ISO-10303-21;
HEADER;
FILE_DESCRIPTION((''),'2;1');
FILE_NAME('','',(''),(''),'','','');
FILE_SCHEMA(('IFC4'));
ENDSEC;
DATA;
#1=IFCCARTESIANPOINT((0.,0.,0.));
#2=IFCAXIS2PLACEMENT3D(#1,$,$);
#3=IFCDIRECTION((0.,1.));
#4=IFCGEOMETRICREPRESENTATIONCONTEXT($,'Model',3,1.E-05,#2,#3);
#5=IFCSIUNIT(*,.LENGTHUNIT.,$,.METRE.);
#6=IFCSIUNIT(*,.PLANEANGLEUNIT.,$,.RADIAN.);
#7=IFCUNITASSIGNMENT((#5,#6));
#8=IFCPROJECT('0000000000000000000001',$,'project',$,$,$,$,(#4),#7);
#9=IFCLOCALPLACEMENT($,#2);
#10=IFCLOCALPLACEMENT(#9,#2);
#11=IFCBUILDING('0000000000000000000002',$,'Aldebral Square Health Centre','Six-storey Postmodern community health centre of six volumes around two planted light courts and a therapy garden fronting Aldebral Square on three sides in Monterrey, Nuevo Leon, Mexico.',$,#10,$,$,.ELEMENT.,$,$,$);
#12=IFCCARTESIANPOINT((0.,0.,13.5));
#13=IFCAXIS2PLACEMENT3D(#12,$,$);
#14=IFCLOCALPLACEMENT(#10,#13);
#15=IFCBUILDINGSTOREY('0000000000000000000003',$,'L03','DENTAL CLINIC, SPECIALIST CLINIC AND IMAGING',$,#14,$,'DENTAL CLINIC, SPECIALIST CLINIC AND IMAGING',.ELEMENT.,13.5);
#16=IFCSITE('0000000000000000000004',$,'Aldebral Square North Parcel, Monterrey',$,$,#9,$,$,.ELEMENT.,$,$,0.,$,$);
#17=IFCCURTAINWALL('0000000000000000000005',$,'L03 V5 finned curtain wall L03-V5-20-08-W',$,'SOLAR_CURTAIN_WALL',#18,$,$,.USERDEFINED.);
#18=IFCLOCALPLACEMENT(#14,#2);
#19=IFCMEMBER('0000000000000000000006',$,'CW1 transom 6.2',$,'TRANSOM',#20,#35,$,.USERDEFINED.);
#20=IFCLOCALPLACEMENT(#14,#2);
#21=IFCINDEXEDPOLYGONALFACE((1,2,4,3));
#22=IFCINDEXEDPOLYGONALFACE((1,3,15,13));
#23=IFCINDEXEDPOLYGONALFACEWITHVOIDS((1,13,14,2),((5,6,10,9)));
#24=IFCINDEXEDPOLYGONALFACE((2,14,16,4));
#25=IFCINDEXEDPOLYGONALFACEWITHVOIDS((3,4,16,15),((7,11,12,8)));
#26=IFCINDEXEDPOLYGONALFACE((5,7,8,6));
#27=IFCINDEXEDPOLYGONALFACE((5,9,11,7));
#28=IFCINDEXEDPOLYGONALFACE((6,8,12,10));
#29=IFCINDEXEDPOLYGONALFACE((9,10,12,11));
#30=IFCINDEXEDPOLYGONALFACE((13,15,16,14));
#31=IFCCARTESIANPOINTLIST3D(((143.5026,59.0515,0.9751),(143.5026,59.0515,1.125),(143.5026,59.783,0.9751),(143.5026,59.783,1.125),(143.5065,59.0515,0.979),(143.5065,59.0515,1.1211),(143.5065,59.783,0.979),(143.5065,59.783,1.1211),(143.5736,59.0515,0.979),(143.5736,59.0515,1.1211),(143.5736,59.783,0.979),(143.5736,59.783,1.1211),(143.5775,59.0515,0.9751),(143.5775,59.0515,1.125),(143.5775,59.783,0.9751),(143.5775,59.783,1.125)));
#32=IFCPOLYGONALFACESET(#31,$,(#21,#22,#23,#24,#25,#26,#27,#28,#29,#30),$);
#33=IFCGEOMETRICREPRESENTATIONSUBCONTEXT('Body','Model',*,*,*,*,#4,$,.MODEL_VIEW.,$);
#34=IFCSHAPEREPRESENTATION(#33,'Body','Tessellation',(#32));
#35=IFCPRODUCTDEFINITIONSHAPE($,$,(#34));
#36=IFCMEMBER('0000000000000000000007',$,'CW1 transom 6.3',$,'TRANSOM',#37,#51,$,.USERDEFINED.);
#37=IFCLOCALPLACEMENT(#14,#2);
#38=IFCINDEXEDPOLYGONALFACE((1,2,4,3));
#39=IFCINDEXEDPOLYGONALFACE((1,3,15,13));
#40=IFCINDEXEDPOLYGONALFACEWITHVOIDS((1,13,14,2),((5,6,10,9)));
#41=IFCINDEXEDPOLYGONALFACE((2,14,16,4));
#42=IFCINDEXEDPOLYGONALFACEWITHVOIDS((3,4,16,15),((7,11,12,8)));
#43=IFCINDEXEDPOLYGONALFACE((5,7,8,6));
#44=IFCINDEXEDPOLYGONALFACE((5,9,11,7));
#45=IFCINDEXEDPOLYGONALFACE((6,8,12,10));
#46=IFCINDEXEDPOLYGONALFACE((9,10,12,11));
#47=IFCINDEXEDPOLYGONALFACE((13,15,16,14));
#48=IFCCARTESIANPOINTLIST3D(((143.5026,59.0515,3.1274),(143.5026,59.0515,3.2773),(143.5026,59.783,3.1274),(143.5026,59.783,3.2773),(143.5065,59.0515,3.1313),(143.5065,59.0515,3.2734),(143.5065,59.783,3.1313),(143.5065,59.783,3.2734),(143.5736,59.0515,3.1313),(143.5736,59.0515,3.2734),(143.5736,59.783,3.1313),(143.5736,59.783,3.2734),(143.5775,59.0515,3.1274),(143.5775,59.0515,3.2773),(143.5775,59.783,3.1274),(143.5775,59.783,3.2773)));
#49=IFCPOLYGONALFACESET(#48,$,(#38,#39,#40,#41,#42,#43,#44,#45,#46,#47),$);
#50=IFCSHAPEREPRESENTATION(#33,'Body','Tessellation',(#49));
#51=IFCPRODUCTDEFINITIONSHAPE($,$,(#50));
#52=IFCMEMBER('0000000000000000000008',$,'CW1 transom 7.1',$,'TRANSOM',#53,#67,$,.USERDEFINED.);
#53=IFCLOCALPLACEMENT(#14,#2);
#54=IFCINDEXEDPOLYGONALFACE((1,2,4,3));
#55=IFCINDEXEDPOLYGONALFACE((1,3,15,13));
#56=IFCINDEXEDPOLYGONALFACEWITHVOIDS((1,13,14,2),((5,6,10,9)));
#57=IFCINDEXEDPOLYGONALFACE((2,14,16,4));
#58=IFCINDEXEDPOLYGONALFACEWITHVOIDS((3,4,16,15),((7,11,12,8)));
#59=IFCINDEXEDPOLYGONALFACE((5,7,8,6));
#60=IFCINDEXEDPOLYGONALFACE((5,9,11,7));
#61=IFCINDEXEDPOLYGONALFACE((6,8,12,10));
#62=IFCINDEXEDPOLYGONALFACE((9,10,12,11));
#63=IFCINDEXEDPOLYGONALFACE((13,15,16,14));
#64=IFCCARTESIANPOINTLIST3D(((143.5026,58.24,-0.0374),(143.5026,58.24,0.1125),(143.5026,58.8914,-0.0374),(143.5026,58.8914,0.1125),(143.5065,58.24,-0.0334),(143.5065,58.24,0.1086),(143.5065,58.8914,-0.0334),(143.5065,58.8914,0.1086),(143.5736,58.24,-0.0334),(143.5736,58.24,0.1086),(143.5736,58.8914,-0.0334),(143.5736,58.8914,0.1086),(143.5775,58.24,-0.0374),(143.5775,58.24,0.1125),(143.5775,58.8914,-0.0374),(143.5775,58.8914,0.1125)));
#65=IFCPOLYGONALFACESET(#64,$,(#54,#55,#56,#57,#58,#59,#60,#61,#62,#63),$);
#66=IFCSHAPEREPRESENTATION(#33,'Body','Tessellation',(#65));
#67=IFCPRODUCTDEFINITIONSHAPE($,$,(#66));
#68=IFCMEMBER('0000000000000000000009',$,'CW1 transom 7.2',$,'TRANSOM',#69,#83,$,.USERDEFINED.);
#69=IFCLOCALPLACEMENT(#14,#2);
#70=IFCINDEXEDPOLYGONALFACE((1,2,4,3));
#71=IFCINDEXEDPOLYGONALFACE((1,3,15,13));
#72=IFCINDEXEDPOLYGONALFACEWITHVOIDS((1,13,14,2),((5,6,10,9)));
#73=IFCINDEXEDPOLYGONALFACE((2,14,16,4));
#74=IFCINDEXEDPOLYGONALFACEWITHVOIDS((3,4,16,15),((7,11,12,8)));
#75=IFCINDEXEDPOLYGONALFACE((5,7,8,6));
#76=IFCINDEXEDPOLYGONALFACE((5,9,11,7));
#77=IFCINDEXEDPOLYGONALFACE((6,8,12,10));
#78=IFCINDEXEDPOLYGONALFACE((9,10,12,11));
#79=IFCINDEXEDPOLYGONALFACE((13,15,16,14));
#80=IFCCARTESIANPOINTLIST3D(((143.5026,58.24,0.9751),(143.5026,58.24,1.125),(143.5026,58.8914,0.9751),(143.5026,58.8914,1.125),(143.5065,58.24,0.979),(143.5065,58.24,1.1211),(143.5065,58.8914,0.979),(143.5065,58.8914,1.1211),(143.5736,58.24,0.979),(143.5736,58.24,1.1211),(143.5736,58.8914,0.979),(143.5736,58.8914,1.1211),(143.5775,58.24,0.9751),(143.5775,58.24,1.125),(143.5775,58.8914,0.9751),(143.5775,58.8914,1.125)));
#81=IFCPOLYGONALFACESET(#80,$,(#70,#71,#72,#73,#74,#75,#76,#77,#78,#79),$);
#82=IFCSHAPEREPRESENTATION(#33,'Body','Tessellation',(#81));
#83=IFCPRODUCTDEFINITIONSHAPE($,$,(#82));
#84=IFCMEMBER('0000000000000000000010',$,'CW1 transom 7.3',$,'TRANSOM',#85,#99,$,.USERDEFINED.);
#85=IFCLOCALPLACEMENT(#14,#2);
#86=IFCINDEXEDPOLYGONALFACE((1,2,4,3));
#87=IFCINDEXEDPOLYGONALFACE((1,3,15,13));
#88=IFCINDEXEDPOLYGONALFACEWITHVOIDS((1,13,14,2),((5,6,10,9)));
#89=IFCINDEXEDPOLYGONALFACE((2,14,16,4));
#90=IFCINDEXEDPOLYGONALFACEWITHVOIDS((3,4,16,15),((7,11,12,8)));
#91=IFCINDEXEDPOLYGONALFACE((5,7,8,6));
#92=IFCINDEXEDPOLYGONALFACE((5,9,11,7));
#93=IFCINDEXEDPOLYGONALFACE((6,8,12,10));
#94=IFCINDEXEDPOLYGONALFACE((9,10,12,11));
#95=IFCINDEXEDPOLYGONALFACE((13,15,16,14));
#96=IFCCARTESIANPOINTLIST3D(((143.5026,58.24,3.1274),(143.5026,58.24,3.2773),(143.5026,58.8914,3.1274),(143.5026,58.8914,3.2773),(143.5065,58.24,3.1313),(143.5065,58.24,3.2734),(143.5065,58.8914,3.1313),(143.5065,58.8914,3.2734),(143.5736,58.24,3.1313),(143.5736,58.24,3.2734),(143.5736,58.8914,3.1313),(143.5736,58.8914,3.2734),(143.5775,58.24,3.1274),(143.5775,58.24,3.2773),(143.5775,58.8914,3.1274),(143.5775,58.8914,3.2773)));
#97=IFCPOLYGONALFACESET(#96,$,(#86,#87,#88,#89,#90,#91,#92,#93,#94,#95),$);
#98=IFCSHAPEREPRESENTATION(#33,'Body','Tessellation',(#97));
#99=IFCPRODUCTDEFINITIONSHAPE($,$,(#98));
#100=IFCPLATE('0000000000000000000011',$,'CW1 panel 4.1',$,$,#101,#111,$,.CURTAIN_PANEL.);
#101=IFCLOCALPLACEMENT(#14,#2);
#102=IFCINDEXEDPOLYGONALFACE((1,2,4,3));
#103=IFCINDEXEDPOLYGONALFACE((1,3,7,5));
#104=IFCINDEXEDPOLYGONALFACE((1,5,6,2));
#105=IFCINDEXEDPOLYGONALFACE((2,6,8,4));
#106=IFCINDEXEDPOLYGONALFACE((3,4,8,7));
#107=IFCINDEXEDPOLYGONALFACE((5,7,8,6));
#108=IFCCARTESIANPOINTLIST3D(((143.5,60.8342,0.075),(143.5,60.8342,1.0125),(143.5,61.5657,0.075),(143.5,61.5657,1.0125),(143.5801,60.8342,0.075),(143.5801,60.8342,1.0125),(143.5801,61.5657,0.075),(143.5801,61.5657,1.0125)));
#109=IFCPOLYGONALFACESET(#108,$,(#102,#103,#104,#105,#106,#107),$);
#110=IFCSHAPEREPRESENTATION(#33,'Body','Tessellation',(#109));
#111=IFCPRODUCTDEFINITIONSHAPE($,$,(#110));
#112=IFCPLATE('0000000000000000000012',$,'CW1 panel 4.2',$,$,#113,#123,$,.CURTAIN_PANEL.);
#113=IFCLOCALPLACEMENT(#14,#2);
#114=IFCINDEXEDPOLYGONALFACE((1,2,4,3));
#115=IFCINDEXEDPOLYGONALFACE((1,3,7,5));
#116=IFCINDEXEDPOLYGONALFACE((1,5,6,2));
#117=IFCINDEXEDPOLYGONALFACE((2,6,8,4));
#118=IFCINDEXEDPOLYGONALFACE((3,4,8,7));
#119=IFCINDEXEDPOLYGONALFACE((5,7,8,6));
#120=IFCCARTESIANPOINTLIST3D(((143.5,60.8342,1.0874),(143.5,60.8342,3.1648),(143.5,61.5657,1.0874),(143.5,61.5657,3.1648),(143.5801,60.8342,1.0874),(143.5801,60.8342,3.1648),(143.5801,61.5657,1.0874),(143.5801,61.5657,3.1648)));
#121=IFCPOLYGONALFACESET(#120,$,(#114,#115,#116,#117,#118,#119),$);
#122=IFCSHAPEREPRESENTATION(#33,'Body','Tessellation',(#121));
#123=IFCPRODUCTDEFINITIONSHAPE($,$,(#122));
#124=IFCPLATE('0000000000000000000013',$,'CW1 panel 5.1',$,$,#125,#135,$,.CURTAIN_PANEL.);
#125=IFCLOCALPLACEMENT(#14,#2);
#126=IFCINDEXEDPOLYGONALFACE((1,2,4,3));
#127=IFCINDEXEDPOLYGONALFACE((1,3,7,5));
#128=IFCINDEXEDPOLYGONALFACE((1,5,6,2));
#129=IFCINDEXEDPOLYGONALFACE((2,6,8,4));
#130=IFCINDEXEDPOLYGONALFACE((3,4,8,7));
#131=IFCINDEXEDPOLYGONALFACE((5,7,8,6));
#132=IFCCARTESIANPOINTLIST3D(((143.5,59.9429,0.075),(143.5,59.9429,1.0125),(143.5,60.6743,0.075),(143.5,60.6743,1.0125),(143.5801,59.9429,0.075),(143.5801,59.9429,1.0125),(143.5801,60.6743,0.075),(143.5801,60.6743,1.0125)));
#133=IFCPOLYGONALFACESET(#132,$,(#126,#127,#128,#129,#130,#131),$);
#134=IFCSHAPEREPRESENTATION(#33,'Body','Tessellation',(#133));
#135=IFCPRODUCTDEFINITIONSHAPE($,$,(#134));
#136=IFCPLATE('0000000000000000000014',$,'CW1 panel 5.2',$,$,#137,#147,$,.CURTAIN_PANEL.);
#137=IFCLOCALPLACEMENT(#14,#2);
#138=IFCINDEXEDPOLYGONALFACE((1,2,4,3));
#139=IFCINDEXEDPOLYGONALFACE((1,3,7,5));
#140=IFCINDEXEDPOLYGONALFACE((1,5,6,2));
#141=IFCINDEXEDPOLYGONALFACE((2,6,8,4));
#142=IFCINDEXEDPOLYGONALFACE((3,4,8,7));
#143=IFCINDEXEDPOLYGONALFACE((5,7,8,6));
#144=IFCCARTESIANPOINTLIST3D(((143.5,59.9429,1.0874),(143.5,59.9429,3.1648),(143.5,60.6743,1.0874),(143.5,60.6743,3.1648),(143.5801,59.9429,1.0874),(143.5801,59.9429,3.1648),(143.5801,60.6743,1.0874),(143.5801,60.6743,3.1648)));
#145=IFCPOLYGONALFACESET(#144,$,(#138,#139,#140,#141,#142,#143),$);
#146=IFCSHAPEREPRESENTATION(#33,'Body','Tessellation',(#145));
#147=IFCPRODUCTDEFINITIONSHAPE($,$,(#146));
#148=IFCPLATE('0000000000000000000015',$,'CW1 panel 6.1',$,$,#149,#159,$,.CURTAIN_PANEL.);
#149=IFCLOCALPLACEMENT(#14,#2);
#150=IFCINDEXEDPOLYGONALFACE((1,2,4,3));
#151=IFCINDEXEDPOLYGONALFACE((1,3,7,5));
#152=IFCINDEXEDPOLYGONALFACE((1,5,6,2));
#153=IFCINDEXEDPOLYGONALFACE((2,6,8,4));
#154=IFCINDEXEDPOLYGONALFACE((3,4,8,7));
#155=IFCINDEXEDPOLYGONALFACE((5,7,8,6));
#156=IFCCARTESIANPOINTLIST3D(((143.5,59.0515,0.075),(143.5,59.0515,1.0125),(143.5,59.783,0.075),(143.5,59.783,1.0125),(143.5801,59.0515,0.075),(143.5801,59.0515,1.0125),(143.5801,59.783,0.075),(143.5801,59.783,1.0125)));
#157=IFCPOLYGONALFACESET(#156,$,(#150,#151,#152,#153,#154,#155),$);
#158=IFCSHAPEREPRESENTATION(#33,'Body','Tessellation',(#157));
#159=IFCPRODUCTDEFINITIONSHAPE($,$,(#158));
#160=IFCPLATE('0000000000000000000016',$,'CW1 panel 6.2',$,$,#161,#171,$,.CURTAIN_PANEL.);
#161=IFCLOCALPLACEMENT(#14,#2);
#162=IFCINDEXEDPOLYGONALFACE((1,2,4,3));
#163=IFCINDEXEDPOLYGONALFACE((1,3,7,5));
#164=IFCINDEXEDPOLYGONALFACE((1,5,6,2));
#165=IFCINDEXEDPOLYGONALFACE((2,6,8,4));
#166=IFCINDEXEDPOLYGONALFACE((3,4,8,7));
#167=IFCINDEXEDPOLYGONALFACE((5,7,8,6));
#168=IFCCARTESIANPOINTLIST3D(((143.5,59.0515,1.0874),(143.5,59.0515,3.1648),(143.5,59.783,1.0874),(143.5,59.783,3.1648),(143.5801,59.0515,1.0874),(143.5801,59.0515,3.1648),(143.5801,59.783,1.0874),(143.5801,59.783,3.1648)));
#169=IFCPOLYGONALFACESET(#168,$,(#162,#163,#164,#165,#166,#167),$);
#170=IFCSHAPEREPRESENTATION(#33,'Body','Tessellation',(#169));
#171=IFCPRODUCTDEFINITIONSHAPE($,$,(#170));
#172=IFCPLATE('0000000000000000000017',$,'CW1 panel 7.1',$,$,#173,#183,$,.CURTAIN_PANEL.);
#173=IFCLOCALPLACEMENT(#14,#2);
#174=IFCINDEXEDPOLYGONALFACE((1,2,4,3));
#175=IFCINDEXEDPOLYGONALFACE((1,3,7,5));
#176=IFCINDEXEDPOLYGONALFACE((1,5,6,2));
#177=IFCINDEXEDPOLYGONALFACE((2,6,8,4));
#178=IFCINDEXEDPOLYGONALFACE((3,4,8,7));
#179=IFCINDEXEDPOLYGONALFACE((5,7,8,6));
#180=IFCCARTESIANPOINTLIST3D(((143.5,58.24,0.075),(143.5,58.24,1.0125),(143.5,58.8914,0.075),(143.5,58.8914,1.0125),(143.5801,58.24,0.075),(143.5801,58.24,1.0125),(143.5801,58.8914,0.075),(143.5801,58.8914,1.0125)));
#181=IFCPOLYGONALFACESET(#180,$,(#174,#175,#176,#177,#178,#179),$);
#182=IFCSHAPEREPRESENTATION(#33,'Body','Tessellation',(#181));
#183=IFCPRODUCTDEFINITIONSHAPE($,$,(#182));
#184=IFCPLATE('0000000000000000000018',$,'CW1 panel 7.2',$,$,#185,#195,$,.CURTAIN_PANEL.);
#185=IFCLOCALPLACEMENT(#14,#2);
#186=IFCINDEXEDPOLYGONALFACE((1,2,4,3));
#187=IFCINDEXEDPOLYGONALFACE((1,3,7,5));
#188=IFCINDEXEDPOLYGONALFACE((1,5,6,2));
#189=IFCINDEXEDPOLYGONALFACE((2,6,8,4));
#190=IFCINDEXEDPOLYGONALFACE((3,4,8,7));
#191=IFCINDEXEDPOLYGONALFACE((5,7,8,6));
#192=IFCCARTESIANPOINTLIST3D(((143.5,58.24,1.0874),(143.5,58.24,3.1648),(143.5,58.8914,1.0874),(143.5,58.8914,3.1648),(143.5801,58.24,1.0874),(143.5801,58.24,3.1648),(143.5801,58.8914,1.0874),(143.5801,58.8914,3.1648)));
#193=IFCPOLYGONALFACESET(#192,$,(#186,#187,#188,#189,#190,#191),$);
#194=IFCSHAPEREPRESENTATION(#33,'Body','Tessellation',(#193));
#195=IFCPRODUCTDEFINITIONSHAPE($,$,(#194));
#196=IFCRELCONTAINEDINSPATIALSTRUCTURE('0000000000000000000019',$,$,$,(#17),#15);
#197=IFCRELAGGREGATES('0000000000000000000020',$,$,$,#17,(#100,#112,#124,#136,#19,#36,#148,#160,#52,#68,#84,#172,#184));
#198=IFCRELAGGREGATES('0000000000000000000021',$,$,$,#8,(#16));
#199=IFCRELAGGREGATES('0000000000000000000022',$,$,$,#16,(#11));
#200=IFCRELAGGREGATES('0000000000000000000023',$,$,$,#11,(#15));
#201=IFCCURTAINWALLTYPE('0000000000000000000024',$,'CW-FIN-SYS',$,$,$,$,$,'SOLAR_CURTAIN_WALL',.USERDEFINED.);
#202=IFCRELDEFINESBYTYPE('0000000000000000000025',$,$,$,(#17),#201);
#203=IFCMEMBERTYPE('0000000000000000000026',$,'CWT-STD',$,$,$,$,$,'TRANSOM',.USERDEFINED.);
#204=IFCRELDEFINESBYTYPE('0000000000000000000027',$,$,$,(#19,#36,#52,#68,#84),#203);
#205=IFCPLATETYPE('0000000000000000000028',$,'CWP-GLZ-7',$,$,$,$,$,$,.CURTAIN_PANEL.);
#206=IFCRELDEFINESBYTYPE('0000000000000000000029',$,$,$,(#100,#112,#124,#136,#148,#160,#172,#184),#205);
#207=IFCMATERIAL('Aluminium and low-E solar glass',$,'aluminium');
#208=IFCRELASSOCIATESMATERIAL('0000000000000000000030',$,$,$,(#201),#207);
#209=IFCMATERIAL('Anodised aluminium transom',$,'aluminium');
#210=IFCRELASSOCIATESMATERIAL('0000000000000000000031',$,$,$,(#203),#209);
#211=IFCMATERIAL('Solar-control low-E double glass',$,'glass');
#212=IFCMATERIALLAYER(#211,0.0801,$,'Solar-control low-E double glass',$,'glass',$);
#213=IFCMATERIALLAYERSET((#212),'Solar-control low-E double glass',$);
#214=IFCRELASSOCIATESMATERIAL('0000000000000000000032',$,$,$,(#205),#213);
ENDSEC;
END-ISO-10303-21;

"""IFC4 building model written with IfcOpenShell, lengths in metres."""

from ifc_helpers import new_model, si_unit, direction, frame, origin, origin_2d, place, context, subcontext, project, spatial, rectangle, hollow_rectangle, extrude, material, layer, layer_set, material_profile, profile_set, type_object, element, aggregate, save


model = new_model("IFC4")

# Units and contexts
model_context = context("Model", 3, precision=1e-05, world=origin(), true_north=direction((0.0, 1.0)))
body_context = subcontext(model_context, "Body", "Model", "MODEL_VIEW")
ifc_project = project(units=[si_unit("LENGTHUNIT", "METRE"), si_unit("PLANEANGLEUNIT", "RADIAN")], contexts=[model_context])

# Site, building, storey
site_placement = place(None, origin())
site = spatial("IfcSite", under=ifc_project, at=site_placement, Name="Aldebral Square North Parcel, Monterrey", CompositionType="ELEMENT", RefElevation=0.0)
building_placement = place(site_placement, origin())
building = spatial("IfcBuilding", under=site, at=building_placement, Name="Aldebral Square Health Centre", Description="Six-storey Postmodern community health centre of six volumes around two planted light courts and a therapy garden fronting Aldebral Square on three sides in Monterrey, Nuevo Leon, Mexico.", CompositionType="ELEMENT")
storey_placement = place(building_placement, frame((0.0, 0.0, 13.5)))
storey = spatial("IfcBuildingStorey", under=building, at=storey_placement, Name="L03", Description="DENTAL CLINIC, SPECIALIST CLINIC AND IMAGING", LongName="DENTAL CLINIC, SPECIALIST CLINIC AND IMAGING", CompositionType="ELEMENT", Elevation=13.5)

# Curtain wall, members, plates
ifc_material_1 = material(Name="Aluminium and low-E solar glass", Category="aluminium")
curtain_wall_type = type_object("IfcCurtainWallType", Name="CW-FIN-SYS", ElementType="SOLAR_CURTAIN_WALL", PredefinedType="USERDEFINED", material=ifc_material_1)
curtain_wall_placement = place(storey_placement, origin())
curtain_wall = element("IfcCurtainWall", 1, at=curtain_wall_placement, inside=storey, type_object=curtain_wall_type, Name="L03 V5 finned curtain wall L03-V5-20-08-W", ObjectType="SOLAR_CURTAIN_WALL", PredefinedType="USERDEFINED")
ifc_material_2 = material(Name="Anodised aluminium transom", Category="aluminium")
ifc_material_profile_1 = material_profile(ifc_material_2, hollow_rectangle(XDim=0.075, YDim=0.1499, WallThickness=0.0039, at=origin_2d()), Name="CWT 75x150x4")
ifc_profile_set_1 = profile_set([ifc_material_profile_1], Name="Anodised aluminium transom")
member_type_1 = type_object("IfcMemberType", Name="CWT-STD", ElementType="TRANSOM", PredefinedType="USERDEFINED", material=ifc_profile_set_1)
member_1_placement = place(storey_placement, frame((143.54, 59.783, 1.05), z_axis=(0.0, -1.0, 0.0), x_axis=(1.0, 0.0, 0.0)))
member_1 = element("IfcMember", 2, at=member_1_placement, type_object=member_type_1, Name="CW1 transom 6.2", ObjectType="TRANSOM", PredefinedType="USERDEFINED", context=body_context, shape_type="SweptSolid", body=[
    extrude(hollow_rectangle(XDim=0.075, YDim=0.1499, WallThickness=0.0039, at=origin_2d()), origin(), (0.0, 0.0, 1.0), 0.7314),
])
member_2_placement = place(storey_placement, frame((143.54, 59.783, 3.2024), z_axis=(0.0, -1.0, 0.0), x_axis=(1.0, 0.0, 0.0)))
member_2 = element("IfcMember", 3, at=member_2_placement, type_object=member_type_1, Name="CW1 transom 6.3", ObjectType="TRANSOM", PredefinedType="USERDEFINED", context=body_context, shape_type="SweptSolid", body=[
    extrude(hollow_rectangle(XDim=0.075, YDim=0.1499, WallThickness=0.0039, at=origin_2d()), origin(), (0.0, 0.0, 1.0), 0.7314),
])
member_3_placement = place(storey_placement, frame((143.54, 58.8914, 0.0376), z_axis=(0.0, -1.0, 0.0), x_axis=(1.0, 0.0, 0.0)))
member_3 = element("IfcMember", 4, at=member_3_placement, type_object=member_type_1, Name="CW1 transom 7.1", ObjectType="TRANSOM", PredefinedType="USERDEFINED", context=body_context, shape_type="SweptSolid", body=[
    extrude(hollow_rectangle(XDim=0.075, YDim=0.1499, WallThickness=0.0039, at=origin_2d()), origin(), (0.0, 0.0, 1.0), 0.6514),
])
member_4_placement = place(storey_placement, frame((143.54, 58.8914, 1.05), z_axis=(0.0, -1.0, 0.0), x_axis=(1.0, 0.0, 0.0)))
member_4 = element("IfcMember", 5, at=member_4_placement, type_object=member_type_1, Name="CW1 transom 7.2", ObjectType="TRANSOM", PredefinedType="USERDEFINED", context=body_context, shape_type="SweptSolid", body=[
    extrude(hollow_rectangle(XDim=0.075, YDim=0.1499, WallThickness=0.0039, at=origin_2d()), origin(), (0.0, 0.0, 1.0), 0.6514),
])
member_5_placement = place(storey_placement, frame((143.54, 58.8914, 3.2024), z_axis=(0.0, -1.0, 0.0), x_axis=(1.0, 0.0, 0.0)))
member_5 = element("IfcMember", 6, at=member_5_placement, type_object=member_type_1, Name="CW1 transom 7.3", ObjectType="TRANSOM", PredefinedType="USERDEFINED", context=body_context, shape_type="SweptSolid", body=[
    extrude(hollow_rectangle(XDim=0.075, YDim=0.1499, WallThickness=0.0039, at=origin_2d()), origin(), (0.0, 0.0, 1.0), 0.6514),
])
ifc_material_3 = material(Name="Solar-control low-E double glass", Category="glass")
ifc_layer_1 = layer(ifc_material_3, 0.0801, Name="Solar-control low-E double glass", Category="glass")
ifc_layer_set_1 = layer_set([ifc_layer_1], Name="Solar-control low-E double glass")
plate_type = type_object("IfcPlateType", Name="CWP-GLZ-7", PredefinedType="CURTAIN_PANEL", material=ifc_layer_set_1)
plate_1_placement = place(storey_placement, frame((143.54, 61.2, 0.075), z_axis=(0.0, 0.0, 1.0), x_axis=(0.0, -1.0, 0.0)))
plate_1 = element("IfcPlate", 7, at=plate_1_placement, type_object=plate_type, Name="CW1 panel 4.1", PredefinedType="CURTAIN_PANEL", context=body_context, shape_type="SweptSolid", body=[
    extrude(rectangle(XDim=0.7314, YDim=0.0801, at=origin_2d()), origin(), (0.0, 0.0, 1.0), 0.9375),
])
plate_2_placement = place(storey_placement, frame((143.54, 61.2, 1.0874), z_axis=(0.0, 0.0, 1.0), x_axis=(0.0, -1.0, 0.0)))
plate_2 = element("IfcPlate", 8, at=plate_2_placement, type_object=plate_type, Name="CW1 panel 4.2", PredefinedType="CURTAIN_PANEL", context=body_context, shape_type="SweptSolid", body=[
    extrude(rectangle(XDim=0.7314, YDim=0.0801, at=origin_2d()), origin(), (0.0, 0.0, 1.0), 2.0774),
])
plate_3_placement = place(storey_placement, frame((143.54, 60.3086, 0.075), z_axis=(0.0, 0.0, 1.0), x_axis=(0.0, -1.0, 0.0)))
plate_3 = element("IfcPlate", 9, at=plate_3_placement, type_object=plate_type, Name="CW1 panel 5.1", PredefinedType="CURTAIN_PANEL", context=body_context, shape_type="SweptSolid", body=[
    extrude(rectangle(XDim=0.7314, YDim=0.0801, at=origin_2d()), origin(), (0.0, 0.0, 1.0), 0.9375),
])
plate_4_placement = place(storey_placement, frame((143.54, 60.3086, 1.0874), z_axis=(0.0, 0.0, 1.0), x_axis=(0.0, -1.0, 0.0)))
plate_4 = element("IfcPlate", 10, at=plate_4_placement, type_object=plate_type, Name="CW1 panel 5.2", PredefinedType="CURTAIN_PANEL", context=body_context, shape_type="SweptSolid", body=[
    extrude(rectangle(XDim=0.7314, YDim=0.0801, at=origin_2d()), origin(), (0.0, 0.0, 1.0), 2.0774),
])
plate_5_placement = place(storey_placement, frame((143.54, 59.4172, 0.075), z_axis=(0.0, 0.0, 1.0), x_axis=(0.0, -1.0, 0.0)))
plate_5 = element("IfcPlate", 11, at=plate_5_placement, type_object=plate_type, Name="CW1 panel 6.1", PredefinedType="CURTAIN_PANEL", context=body_context, shape_type="SweptSolid", body=[
    extrude(rectangle(XDim=0.7314, YDim=0.0801, at=origin_2d()), origin(), (0.0, 0.0, 1.0), 0.9375),
])
plate_6_placement = place(storey_placement, frame((143.54, 59.4172, 1.0874), z_axis=(0.0, 0.0, 1.0), x_axis=(0.0, -1.0, 0.0)))
plate_6 = element("IfcPlate", 12, at=plate_6_placement, type_object=plate_type, Name="CW1 panel 6.2", PredefinedType="CURTAIN_PANEL", context=body_context, shape_type="SweptSolid", body=[
    extrude(rectangle(XDim=0.7314, YDim=0.0801, at=origin_2d()), origin(), (0.0, 0.0, 1.0), 2.0774),
])
plate_7_placement = place(storey_placement, frame((143.54, 58.5657, 0.075), z_axis=(0.0, 0.0, 1.0), x_axis=(0.0, -1.0, 0.0)))
plate_7 = element("IfcPlate", 13, at=plate_7_placement, type_object=plate_type, Name="CW1 panel 7.1", PredefinedType="CURTAIN_PANEL", context=body_context, shape_type="SweptSolid", body=[
    extrude(rectangle(XDim=0.6514, YDim=0.0801, at=origin_2d()), origin(), (0.0, 0.0, 1.0), 0.9375),
])
plate_8_placement = place(storey_placement, frame((143.54, 58.5657, 1.0874), z_axis=(0.0, 0.0, 1.0), x_axis=(0.0, -1.0, 0.0)))
plate_8 = element("IfcPlate", 14, at=plate_8_placement, type_object=plate_type, Name="CW1 panel 7.2", PredefinedType="CURTAIN_PANEL", context=body_context, shape_type="SweptSolid", body=[
    extrude(rectangle(XDim=0.6514, YDim=0.0801, at=origin_2d()), origin(), (0.0, 0.0, 1.0), 2.0774),
])
aggregate(curtain_wall, [plate_1, plate_2, plate_3, plate_4, member_1, member_2, plate_5, plate_6, member_3, member_4, member_5, plate_7, plate_8])

save(model, "model.ifc")
